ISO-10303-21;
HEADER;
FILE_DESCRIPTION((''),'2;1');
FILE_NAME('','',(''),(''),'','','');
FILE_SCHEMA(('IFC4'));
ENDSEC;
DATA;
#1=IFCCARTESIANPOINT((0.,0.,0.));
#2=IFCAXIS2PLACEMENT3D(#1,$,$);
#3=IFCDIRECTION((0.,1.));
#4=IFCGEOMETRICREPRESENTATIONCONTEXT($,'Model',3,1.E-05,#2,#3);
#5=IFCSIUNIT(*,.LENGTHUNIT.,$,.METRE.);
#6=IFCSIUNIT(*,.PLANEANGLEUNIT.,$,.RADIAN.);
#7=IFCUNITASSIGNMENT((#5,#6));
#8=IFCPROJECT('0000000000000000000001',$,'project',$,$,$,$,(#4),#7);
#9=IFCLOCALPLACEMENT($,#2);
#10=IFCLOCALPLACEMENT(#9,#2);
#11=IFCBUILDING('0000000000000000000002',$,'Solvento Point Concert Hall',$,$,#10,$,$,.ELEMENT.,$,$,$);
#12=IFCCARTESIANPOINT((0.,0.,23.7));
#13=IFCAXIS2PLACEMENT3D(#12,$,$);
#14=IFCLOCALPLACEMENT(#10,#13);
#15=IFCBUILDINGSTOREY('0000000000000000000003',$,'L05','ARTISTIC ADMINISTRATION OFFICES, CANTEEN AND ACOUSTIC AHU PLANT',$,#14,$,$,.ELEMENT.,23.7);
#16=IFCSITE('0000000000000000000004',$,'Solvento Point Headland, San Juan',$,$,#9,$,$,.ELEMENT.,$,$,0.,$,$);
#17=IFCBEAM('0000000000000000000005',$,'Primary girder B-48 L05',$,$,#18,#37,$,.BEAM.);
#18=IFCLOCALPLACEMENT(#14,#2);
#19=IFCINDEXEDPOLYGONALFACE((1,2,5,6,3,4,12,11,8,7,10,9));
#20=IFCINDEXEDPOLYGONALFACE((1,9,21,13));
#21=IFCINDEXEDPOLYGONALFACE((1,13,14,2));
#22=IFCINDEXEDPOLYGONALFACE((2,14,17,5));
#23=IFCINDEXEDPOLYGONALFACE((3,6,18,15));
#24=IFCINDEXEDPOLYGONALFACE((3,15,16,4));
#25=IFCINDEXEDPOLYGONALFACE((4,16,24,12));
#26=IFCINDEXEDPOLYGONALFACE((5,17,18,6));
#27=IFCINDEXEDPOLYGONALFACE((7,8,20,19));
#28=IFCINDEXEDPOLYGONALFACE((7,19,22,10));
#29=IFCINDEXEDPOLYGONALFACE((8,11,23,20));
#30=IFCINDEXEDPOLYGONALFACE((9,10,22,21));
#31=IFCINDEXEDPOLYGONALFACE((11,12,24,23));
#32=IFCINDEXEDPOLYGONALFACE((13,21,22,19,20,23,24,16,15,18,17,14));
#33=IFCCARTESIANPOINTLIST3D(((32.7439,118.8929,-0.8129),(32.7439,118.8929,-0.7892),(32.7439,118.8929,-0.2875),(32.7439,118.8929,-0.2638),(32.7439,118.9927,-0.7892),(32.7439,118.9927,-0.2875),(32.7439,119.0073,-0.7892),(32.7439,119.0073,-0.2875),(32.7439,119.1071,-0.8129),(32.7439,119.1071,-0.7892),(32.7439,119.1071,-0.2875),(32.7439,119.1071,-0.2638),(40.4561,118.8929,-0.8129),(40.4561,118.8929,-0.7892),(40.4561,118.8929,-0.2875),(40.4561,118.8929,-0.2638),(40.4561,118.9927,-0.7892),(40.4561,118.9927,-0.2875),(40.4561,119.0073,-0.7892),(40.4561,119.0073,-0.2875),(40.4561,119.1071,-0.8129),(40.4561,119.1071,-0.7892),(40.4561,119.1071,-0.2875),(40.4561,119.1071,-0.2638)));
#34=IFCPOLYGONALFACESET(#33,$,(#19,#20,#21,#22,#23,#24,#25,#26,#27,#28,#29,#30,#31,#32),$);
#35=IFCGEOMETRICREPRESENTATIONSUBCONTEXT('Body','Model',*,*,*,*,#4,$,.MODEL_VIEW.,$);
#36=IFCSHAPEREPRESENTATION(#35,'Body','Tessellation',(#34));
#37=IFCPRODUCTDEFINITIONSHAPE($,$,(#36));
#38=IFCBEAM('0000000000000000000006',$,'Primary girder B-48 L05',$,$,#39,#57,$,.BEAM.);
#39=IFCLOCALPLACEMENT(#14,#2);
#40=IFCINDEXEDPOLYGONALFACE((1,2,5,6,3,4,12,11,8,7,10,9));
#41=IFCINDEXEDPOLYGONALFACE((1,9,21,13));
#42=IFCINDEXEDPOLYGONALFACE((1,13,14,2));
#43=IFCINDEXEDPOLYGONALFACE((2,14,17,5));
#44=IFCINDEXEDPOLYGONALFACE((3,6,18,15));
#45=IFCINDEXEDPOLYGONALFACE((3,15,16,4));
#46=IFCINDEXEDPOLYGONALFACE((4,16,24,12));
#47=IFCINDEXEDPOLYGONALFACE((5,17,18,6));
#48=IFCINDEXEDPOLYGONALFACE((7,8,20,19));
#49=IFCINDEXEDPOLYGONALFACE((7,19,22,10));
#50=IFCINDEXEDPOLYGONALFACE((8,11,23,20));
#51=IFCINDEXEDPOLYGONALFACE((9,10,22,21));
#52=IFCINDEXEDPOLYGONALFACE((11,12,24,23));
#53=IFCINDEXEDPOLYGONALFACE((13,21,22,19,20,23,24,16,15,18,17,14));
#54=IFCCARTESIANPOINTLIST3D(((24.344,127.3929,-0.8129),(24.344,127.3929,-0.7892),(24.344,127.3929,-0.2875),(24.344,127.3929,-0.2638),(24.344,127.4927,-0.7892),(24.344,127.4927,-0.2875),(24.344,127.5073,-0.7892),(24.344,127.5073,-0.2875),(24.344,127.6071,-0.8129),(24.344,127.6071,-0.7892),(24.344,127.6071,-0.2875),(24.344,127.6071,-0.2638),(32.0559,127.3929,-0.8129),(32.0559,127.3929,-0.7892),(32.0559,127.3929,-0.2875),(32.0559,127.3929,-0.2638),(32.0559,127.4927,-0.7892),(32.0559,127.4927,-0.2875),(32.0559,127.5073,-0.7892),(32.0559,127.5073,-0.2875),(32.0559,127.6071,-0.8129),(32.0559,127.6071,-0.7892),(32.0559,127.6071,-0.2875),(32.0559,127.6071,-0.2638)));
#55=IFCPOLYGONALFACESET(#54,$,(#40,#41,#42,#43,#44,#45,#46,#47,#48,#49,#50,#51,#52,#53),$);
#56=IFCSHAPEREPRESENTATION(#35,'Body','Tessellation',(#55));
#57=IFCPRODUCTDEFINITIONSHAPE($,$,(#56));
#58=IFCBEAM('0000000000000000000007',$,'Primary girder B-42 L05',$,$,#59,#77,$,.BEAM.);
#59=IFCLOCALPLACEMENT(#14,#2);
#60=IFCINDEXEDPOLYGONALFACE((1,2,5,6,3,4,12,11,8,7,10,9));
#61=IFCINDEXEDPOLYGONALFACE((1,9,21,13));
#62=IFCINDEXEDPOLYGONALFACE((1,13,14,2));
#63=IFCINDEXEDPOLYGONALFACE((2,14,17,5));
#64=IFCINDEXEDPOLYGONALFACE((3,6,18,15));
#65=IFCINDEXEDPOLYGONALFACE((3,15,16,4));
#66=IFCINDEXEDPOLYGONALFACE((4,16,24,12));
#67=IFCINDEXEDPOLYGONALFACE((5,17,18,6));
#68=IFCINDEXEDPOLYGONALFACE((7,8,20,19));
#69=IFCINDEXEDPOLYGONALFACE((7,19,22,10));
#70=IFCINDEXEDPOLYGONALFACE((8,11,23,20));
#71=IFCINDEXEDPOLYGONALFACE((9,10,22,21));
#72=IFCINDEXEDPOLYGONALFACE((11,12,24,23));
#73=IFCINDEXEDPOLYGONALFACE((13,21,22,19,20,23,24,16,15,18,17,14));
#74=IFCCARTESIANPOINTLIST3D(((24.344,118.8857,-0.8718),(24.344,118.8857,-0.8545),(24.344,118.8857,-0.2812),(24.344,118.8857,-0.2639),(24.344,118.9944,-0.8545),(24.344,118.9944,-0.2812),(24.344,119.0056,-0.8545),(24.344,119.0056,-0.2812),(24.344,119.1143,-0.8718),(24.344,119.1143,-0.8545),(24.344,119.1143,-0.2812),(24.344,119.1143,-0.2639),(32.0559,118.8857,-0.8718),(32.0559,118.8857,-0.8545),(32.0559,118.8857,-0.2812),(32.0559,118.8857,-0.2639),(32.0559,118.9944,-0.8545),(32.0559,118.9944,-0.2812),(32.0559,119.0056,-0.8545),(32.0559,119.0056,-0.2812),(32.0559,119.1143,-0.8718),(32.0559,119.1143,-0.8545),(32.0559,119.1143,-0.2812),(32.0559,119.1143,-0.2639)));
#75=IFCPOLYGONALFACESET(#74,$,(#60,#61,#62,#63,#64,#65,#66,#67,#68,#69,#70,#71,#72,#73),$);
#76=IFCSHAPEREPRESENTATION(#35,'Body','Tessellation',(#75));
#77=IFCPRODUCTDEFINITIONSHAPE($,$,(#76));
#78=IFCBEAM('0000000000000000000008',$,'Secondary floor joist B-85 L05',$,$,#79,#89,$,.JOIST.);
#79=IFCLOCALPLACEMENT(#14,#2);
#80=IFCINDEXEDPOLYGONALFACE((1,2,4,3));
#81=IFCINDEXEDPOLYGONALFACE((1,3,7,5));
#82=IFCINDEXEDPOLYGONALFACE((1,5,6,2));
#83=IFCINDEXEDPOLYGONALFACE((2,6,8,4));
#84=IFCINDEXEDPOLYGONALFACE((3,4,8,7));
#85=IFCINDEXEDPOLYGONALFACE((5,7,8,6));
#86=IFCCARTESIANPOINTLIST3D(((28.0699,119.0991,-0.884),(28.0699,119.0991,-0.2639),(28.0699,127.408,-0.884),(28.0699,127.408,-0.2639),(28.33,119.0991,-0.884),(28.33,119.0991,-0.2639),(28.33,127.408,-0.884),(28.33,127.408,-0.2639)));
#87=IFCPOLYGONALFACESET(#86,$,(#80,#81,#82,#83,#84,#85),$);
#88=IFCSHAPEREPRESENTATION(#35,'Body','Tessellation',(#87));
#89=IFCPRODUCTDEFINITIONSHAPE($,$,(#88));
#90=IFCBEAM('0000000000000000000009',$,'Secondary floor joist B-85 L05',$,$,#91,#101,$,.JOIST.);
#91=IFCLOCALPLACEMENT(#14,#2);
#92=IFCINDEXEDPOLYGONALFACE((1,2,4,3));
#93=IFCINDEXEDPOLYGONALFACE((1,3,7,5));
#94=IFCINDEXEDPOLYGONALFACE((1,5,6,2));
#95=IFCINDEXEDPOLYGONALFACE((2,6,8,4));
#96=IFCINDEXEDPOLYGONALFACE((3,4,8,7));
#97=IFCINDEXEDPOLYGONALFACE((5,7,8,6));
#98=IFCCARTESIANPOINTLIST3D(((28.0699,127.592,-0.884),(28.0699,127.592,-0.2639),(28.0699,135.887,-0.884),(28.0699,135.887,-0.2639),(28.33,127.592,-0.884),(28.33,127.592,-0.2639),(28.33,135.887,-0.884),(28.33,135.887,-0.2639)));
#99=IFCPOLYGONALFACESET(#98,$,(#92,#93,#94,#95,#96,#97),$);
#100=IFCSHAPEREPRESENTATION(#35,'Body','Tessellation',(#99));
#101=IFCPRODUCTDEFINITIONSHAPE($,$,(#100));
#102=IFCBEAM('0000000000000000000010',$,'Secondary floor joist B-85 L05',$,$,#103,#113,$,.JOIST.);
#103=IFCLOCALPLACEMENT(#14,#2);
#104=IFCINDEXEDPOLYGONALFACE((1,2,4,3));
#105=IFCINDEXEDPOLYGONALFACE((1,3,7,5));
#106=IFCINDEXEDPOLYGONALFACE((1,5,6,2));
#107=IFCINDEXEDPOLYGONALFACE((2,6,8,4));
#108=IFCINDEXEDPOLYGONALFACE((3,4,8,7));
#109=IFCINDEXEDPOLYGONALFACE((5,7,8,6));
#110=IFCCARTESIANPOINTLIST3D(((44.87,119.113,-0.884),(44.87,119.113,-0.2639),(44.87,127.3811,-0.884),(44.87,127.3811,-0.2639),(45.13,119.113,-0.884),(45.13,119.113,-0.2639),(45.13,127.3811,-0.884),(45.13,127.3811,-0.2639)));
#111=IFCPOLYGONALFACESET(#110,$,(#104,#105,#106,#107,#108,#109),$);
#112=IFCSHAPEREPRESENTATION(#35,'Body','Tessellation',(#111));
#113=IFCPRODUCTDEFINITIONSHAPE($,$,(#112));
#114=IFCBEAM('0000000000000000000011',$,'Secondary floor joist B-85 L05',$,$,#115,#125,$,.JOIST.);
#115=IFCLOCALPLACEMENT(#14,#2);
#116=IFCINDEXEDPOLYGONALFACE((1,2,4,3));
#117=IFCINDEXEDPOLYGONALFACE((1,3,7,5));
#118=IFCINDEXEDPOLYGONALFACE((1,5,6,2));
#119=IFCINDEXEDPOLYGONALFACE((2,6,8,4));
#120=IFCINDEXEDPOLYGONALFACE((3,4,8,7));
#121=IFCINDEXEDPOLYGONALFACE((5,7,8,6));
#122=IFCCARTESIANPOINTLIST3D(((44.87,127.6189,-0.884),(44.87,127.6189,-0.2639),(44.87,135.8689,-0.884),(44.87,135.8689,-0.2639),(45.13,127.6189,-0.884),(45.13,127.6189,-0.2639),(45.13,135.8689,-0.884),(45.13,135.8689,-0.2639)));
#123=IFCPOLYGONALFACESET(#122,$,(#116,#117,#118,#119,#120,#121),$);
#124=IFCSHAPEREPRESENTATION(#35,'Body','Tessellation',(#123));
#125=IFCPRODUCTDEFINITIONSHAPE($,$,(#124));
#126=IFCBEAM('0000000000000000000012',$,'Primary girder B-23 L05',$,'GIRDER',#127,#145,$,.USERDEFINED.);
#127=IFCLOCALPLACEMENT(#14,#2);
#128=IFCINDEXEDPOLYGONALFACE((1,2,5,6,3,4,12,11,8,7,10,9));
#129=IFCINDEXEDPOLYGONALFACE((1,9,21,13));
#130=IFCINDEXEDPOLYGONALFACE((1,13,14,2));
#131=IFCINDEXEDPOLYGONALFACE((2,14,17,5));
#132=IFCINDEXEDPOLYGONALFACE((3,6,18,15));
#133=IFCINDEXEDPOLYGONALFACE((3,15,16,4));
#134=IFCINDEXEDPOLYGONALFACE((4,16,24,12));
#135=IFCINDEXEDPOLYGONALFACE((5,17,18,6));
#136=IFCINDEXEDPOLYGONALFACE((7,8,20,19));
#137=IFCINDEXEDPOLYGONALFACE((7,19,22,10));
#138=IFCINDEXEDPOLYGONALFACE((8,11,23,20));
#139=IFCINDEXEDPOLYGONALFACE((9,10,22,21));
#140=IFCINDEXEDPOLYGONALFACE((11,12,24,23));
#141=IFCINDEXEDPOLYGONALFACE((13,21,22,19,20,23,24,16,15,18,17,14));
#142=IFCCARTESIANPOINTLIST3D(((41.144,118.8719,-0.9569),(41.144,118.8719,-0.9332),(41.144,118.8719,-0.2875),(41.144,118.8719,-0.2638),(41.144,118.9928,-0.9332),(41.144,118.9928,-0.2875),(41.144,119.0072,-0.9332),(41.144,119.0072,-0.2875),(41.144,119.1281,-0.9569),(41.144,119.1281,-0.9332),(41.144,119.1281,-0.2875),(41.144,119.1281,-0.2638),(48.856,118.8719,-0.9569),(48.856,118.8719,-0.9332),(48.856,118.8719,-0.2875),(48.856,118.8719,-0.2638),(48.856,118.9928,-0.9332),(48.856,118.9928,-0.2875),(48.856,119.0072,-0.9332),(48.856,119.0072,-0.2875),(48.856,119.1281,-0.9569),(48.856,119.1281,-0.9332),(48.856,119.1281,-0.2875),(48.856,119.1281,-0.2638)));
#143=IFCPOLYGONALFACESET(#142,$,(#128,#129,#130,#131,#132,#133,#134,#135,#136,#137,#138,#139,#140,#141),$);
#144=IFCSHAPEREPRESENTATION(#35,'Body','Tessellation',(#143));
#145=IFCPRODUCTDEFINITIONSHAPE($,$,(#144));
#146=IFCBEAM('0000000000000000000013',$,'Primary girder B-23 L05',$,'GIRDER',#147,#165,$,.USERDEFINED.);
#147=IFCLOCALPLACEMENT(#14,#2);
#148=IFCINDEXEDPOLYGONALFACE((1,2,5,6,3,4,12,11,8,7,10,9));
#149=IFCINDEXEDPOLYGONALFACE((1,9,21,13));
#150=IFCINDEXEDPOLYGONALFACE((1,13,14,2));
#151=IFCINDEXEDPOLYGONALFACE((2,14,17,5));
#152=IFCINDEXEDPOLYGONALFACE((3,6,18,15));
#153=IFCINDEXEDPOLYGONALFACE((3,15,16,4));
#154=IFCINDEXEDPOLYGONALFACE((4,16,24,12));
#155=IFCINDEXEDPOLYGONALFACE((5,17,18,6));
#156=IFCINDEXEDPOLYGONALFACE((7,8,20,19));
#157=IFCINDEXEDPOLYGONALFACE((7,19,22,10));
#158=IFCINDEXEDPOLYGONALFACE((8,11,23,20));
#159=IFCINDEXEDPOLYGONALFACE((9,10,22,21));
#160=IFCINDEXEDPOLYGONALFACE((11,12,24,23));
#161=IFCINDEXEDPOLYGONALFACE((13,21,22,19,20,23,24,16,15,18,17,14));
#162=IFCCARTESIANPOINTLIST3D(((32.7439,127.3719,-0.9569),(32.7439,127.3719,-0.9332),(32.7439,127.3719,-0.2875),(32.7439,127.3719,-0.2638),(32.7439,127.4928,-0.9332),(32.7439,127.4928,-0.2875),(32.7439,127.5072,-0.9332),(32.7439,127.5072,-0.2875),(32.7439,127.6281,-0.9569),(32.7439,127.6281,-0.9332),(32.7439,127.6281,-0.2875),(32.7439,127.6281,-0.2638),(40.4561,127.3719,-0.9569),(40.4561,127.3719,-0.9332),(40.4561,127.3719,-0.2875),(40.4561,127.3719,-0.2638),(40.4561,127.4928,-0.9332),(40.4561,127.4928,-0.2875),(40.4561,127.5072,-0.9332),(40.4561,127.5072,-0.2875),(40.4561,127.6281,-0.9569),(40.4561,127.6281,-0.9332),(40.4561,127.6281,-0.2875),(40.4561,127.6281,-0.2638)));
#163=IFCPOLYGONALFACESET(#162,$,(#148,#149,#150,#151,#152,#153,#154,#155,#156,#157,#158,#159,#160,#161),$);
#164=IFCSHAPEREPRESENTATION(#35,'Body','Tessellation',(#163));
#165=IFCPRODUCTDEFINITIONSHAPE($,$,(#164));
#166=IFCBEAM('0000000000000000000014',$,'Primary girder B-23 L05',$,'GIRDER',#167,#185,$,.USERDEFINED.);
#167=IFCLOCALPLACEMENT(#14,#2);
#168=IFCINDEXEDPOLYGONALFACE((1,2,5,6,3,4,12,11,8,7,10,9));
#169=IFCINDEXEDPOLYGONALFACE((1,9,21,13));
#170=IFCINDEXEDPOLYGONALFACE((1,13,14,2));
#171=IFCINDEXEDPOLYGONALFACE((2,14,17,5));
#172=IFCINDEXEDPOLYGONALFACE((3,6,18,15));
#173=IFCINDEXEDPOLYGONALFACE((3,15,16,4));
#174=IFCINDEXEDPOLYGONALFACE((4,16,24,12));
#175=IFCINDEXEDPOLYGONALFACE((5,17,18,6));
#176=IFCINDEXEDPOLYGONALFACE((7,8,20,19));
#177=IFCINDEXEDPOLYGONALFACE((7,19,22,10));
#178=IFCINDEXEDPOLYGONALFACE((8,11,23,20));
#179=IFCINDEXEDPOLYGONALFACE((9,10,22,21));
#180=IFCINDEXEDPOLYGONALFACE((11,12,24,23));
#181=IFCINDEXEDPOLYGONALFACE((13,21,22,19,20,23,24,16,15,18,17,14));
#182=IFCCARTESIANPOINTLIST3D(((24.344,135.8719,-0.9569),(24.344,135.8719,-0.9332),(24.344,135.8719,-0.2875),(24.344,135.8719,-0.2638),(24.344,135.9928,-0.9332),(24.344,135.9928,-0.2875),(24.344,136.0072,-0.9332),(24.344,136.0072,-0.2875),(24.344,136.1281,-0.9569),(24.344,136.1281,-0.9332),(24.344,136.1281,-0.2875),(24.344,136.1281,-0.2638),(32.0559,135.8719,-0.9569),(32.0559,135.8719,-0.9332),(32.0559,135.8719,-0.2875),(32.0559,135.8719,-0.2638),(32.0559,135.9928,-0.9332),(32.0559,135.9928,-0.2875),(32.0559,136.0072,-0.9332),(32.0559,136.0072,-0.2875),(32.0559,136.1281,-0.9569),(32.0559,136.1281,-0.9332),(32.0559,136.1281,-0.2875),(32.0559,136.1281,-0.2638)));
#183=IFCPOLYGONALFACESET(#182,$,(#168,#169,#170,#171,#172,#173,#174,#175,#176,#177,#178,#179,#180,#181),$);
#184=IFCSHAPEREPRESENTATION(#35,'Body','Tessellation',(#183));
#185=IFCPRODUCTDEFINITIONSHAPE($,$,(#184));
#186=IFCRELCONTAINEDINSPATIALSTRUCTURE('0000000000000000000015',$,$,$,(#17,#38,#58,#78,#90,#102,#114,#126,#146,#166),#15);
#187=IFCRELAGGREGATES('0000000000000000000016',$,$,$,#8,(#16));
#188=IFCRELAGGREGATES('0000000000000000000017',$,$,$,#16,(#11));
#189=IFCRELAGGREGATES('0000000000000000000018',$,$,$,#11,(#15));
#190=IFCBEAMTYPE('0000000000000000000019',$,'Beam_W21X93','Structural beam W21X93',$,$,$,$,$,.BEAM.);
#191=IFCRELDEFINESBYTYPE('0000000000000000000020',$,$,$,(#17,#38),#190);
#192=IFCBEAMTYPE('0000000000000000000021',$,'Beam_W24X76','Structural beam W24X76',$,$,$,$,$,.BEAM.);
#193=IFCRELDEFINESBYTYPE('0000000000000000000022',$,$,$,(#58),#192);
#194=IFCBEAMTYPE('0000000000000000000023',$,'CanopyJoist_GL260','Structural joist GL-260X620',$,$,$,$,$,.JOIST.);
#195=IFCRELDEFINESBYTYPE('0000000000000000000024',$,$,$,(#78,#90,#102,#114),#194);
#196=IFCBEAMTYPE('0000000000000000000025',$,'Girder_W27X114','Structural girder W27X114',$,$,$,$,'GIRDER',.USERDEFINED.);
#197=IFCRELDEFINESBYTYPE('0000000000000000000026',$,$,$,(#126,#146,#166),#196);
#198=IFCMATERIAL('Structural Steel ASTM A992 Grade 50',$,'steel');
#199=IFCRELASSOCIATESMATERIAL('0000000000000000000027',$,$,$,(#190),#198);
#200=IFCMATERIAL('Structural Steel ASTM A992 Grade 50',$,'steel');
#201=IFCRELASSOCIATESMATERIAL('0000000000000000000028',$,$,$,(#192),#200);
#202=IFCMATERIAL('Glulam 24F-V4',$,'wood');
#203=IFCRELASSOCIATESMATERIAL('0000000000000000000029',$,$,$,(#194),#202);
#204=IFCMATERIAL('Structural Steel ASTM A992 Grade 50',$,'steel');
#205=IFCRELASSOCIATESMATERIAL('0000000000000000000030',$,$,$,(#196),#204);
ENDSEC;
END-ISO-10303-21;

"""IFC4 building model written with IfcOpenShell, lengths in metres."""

from ifc_helpers import new_model, si_unit, direction, frame, origin, origin_2d, place, context, subcontext, project, spatial, rectangle, i_section, extrude, material, material_profile, profile_set, type_object, element, save


model = new_model("IFC4")

# Units and contexts
model_context = context("Model", 3, precision=1e-05, world=origin(), true_north=direction((0.0, 1.0)))
body_context = subcontext(model_context, "Body", "Model", "MODEL_VIEW")
ifc_project = project(units=[si_unit("LENGTHUNIT", "METRE"), si_unit("PLANEANGLEUNIT", "RADIAN")], contexts=[model_context])

# Site, building, storey
site_placement = place(None, origin())
site = spatial("IfcSite", under=ifc_project, at=site_placement, Name="Solvento Point Headland, San Juan", CompositionType="ELEMENT", RefElevation=0.0)
building_placement = place(site_placement, origin())
building = spatial("IfcBuilding", under=site, at=building_placement, Name="Solvento Point Concert Hall", CompositionType="ELEMENT")
storey_placement = place(building_placement, frame((0.0, 0.0, 23.7)))
storey = spatial("IfcBuildingStorey", under=building, at=storey_placement, Name="L05", Description="ARTISTIC ADMINISTRATION OFFICES, CANTEEN AND ACOUSTIC AHU PLANT", CompositionType="ELEMENT", Elevation=23.7)

# Beams
ifc_material_1 = material(Name="Structural Steel ASTM A992 Grade 50", Category="steel")
ifc_material_profile_1 = material_profile(ifc_material_1, i_section(OverallWidth=0.2141, OverallDepth=0.5491, WebThickness=0.0146, FlangeThickness=0.0237, at=origin_2d()), Name="W21X93")
ifc_profile_set_1 = profile_set([ifc_material_profile_1], Name="Structural Steel ASTM A992 Grade 50")
beam_type_1 = type_object("IfcBeamType", Name="Beam_W21X93", Description="Structural beam W21X93", PredefinedType="BEAM", material=ifc_profile_set_1)
beam_1_placement = place(storey_placement, frame((32.7439, 119.0, -0.5383), z_axis=(1.0, 0.0, 0.0), x_axis=(0.0, 1.0, 0.0)))
element("IfcBeam", 1, at=beam_1_placement, inside=storey, type_object=beam_type_1, Name="Primary girder B-48 L05", PredefinedType="BEAM", context=body_context, shape_type="SweptSolid", body=[
    extrude(i_section(OverallWidth=0.2141, OverallDepth=0.5491, WebThickness=0.0146, FlangeThickness=0.0237, at=origin_2d()), origin(), (0.0, 0.0, 1.0), 7.7122),
])
beam_2_placement = place(storey_placement, frame((24.344, 127.5, -0.5383), z_axis=(1.0, 0.0, 0.0), x_axis=(0.0, 1.0, 0.0)))
element("IfcBeam", 2, at=beam_2_placement, inside=storey, type_object=beam_type_1, Name="Primary girder B-48 L05", PredefinedType="BEAM", context=body_context, shape_type="SweptSolid", body=[
    extrude(i_section(OverallWidth=0.2141, OverallDepth=0.5491, WebThickness=0.0146, FlangeThickness=0.0237, at=origin_2d()), origin(), (0.0, 0.0, 1.0), 7.7119),
])
ifc_material_2 = material(Name="Structural Steel ASTM A992 Grade 50", Category="steel")
ifc_material_profile_2 = material_profile(ifc_material_2, i_section(OverallWidth=0.2285, OverallDepth=0.6079, WebThickness=0.0112, FlangeThickness=0.0173, at=origin_2d()), Name="W24X76")
ifc_profile_set_2 = profile_set([ifc_material_profile_2], Name="Structural Steel ASTM A992 Grade 50")
beam_type_2 = type_object("IfcBeamType", Name="Beam_W24X76", Description="Structural beam W24X76", PredefinedType="BEAM", material=ifc_profile_set_2)
beam_3_placement = place(storey_placement, frame((24.344, 119.0, -0.5679), z_axis=(1.0, 0.0, 0.0), x_axis=(0.0, 1.0, 0.0)))
element("IfcBeam", 3, at=beam_3_placement, inside=storey, type_object=beam_type_2, Name="Primary girder B-42 L05", PredefinedType="BEAM", context=body_context, shape_type="SweptSolid", body=[
    extrude(i_section(OverallWidth=0.2285, OverallDepth=0.6079, WebThickness=0.0112, FlangeThickness=0.0173, at=origin_2d()), origin(), (0.0, 0.0, 1.0), 7.7119),
])
ifc_material_3 = material(Name="Glulam 24F-V4", Category="wood")
ifc_material_profile_3 = material_profile(ifc_material_3, rectangle(XDim=0.26, YDim=0.6201, at=origin_2d()), Name="GL-260X620")
ifc_profile_set_3 = profile_set([ifc_material_profile_3], Name="Glulam 24F-V4")
beam_type_3 = type_object("IfcBeamType", Name="CanopyJoist_GL260", Description="Structural joist GL-260X620", PredefinedType="JOIST", material=ifc_profile_set_3)
beam_4_placement = place(storey_placement, frame((28.2, 119.0991, -0.574), z_axis=(0.0, 1.0, 0.0), x_axis=(-1.0, 0.0, 0.0)))
element("IfcBeam", 4, at=beam_4_placement, inside=storey, type_object=beam_type_3, Name="Secondary floor joist B-85 L05", PredefinedType="JOIST", context=body_context, shape_type="SweptSolid", body=[
    extrude(rectangle(XDim=0.26, YDim=0.6201, at=origin_2d()), origin(), (0.0, 0.0, 1.0), 8.3088),
])
beam_5_placement = place(storey_placement, frame((28.2, 127.592, -0.574), z_axis=(0.0, 1.0, 0.0), x_axis=(-1.0, 0.0, 0.0)))
element("IfcBeam", 5, at=beam_5_placement, inside=storey, type_object=beam_type_3, Name="Secondary floor joist B-85 L05", PredefinedType="JOIST", context=body_context, shape_type="SweptSolid", body=[
    extrude(rectangle(XDim=0.26, YDim=0.6201, at=origin_2d()), origin(), (0.0, 0.0, 1.0), 8.2949),
])
beam_6_placement = place(storey_placement, frame((45.0, 119.113, -0.574), z_axis=(0.0, 1.0, 0.0), x_axis=(-1.0, 0.0, 0.0)))
element("IfcBeam", 6, at=beam_6_placement, inside=storey, type_object=beam_type_3, Name="Secondary floor joist B-85 L05", PredefinedType="JOIST", context=body_context, shape_type="SweptSolid", body=[
    extrude(rectangle(XDim=0.26, YDim=0.6201, at=origin_2d()), origin(), (0.0, 0.0, 1.0), 8.2681),
])
beam_7_placement = place(storey_placement, frame((45.0, 127.6189, -0.574), z_axis=(0.0, 1.0, 0.0), x_axis=(-1.0, 0.0, 0.0)))
element("IfcBeam", 7, at=beam_7_placement, inside=storey, type_object=beam_type_3, Name="Secondary floor joist B-85 L05", PredefinedType="JOIST", context=body_context, shape_type="SweptSolid", body=[
    extrude(rectangle(XDim=0.26, YDim=0.6201, at=origin_2d()), origin(), (0.0, 0.0, 1.0), 8.25),
])
ifc_material_4 = material(Name="Structural Steel ASTM A992 Grade 50", Category="steel")
ifc_material_profile_4 = material_profile(ifc_material_4, i_section(OverallWidth=0.2561, OverallDepth=0.6931, WebThickness=0.0144, FlangeThickness=0.0237, at=origin_2d()), Name="W27X114")
ifc_profile_set_4 = profile_set([ifc_material_profile_4], Name="Structural Steel ASTM A992 Grade 50")
beam_type_4 = type_object("IfcBeamType", Name="Girder_W27X114", Description="Structural girder W27X114", ElementType="GIRDER", PredefinedType="USERDEFINED", material=ifc_profile_set_4)
beam_8_placement = place(storey_placement, frame((41.144, 119.0, -0.6104), z_axis=(1.0, 0.0, 0.0), x_axis=(0.0, 1.0, 0.0)))
element("IfcBeam", 8, at=beam_8_placement, inside=storey, type_object=beam_type_4, Name="Primary girder B-23 L05", ObjectType="GIRDER", PredefinedType="USERDEFINED", context=body_context, shape_type="SweptSolid", body=[
    extrude(i_section(OverallWidth=0.2561, OverallDepth=0.6931, WebThickness=0.0144, FlangeThickness=0.0237, at=origin_2d()), origin(), (0.0, 0.0, 1.0), 7.7119),
])
beam_9_placement = place(storey_placement, frame((32.7439, 127.5, -0.6104), z_axis=(1.0, 0.0, 0.0), x_axis=(0.0, 1.0, 0.0)))
element("IfcBeam", 9, at=beam_9_placement, inside=storey, type_object=beam_type_4, Name="Primary girder B-23 L05", ObjectType="GIRDER", PredefinedType="USERDEFINED", context=body_context, shape_type="SweptSolid", body=[
    extrude(i_section(OverallWidth=0.2561, OverallDepth=0.6931, WebThickness=0.0144, FlangeThickness=0.0237, at=origin_2d()), origin(), (0.0, 0.0, 1.0), 7.7122),
])
beam_10_placement = place(storey_placement, frame((24.344, 136.0, -0.6104), z_axis=(1.0, 0.0, 0.0), x_axis=(0.0, 1.0, 0.0)))
element("IfcBeam", 10, at=beam_10_placement, inside=storey, type_object=beam_type_4, Name="Primary girder B-23 L05", ObjectType="GIRDER", PredefinedType="USERDEFINED", context=body_context, shape_type="SweptSolid", body=[
    extrude(i_section(OverallWidth=0.2561, OverallDepth=0.6931, WebThickness=0.0144, FlangeThickness=0.0237, at=origin_2d()), origin(), (0.0, 0.0, 1.0), 7.7119),
])

save(model, "model.ifc")
